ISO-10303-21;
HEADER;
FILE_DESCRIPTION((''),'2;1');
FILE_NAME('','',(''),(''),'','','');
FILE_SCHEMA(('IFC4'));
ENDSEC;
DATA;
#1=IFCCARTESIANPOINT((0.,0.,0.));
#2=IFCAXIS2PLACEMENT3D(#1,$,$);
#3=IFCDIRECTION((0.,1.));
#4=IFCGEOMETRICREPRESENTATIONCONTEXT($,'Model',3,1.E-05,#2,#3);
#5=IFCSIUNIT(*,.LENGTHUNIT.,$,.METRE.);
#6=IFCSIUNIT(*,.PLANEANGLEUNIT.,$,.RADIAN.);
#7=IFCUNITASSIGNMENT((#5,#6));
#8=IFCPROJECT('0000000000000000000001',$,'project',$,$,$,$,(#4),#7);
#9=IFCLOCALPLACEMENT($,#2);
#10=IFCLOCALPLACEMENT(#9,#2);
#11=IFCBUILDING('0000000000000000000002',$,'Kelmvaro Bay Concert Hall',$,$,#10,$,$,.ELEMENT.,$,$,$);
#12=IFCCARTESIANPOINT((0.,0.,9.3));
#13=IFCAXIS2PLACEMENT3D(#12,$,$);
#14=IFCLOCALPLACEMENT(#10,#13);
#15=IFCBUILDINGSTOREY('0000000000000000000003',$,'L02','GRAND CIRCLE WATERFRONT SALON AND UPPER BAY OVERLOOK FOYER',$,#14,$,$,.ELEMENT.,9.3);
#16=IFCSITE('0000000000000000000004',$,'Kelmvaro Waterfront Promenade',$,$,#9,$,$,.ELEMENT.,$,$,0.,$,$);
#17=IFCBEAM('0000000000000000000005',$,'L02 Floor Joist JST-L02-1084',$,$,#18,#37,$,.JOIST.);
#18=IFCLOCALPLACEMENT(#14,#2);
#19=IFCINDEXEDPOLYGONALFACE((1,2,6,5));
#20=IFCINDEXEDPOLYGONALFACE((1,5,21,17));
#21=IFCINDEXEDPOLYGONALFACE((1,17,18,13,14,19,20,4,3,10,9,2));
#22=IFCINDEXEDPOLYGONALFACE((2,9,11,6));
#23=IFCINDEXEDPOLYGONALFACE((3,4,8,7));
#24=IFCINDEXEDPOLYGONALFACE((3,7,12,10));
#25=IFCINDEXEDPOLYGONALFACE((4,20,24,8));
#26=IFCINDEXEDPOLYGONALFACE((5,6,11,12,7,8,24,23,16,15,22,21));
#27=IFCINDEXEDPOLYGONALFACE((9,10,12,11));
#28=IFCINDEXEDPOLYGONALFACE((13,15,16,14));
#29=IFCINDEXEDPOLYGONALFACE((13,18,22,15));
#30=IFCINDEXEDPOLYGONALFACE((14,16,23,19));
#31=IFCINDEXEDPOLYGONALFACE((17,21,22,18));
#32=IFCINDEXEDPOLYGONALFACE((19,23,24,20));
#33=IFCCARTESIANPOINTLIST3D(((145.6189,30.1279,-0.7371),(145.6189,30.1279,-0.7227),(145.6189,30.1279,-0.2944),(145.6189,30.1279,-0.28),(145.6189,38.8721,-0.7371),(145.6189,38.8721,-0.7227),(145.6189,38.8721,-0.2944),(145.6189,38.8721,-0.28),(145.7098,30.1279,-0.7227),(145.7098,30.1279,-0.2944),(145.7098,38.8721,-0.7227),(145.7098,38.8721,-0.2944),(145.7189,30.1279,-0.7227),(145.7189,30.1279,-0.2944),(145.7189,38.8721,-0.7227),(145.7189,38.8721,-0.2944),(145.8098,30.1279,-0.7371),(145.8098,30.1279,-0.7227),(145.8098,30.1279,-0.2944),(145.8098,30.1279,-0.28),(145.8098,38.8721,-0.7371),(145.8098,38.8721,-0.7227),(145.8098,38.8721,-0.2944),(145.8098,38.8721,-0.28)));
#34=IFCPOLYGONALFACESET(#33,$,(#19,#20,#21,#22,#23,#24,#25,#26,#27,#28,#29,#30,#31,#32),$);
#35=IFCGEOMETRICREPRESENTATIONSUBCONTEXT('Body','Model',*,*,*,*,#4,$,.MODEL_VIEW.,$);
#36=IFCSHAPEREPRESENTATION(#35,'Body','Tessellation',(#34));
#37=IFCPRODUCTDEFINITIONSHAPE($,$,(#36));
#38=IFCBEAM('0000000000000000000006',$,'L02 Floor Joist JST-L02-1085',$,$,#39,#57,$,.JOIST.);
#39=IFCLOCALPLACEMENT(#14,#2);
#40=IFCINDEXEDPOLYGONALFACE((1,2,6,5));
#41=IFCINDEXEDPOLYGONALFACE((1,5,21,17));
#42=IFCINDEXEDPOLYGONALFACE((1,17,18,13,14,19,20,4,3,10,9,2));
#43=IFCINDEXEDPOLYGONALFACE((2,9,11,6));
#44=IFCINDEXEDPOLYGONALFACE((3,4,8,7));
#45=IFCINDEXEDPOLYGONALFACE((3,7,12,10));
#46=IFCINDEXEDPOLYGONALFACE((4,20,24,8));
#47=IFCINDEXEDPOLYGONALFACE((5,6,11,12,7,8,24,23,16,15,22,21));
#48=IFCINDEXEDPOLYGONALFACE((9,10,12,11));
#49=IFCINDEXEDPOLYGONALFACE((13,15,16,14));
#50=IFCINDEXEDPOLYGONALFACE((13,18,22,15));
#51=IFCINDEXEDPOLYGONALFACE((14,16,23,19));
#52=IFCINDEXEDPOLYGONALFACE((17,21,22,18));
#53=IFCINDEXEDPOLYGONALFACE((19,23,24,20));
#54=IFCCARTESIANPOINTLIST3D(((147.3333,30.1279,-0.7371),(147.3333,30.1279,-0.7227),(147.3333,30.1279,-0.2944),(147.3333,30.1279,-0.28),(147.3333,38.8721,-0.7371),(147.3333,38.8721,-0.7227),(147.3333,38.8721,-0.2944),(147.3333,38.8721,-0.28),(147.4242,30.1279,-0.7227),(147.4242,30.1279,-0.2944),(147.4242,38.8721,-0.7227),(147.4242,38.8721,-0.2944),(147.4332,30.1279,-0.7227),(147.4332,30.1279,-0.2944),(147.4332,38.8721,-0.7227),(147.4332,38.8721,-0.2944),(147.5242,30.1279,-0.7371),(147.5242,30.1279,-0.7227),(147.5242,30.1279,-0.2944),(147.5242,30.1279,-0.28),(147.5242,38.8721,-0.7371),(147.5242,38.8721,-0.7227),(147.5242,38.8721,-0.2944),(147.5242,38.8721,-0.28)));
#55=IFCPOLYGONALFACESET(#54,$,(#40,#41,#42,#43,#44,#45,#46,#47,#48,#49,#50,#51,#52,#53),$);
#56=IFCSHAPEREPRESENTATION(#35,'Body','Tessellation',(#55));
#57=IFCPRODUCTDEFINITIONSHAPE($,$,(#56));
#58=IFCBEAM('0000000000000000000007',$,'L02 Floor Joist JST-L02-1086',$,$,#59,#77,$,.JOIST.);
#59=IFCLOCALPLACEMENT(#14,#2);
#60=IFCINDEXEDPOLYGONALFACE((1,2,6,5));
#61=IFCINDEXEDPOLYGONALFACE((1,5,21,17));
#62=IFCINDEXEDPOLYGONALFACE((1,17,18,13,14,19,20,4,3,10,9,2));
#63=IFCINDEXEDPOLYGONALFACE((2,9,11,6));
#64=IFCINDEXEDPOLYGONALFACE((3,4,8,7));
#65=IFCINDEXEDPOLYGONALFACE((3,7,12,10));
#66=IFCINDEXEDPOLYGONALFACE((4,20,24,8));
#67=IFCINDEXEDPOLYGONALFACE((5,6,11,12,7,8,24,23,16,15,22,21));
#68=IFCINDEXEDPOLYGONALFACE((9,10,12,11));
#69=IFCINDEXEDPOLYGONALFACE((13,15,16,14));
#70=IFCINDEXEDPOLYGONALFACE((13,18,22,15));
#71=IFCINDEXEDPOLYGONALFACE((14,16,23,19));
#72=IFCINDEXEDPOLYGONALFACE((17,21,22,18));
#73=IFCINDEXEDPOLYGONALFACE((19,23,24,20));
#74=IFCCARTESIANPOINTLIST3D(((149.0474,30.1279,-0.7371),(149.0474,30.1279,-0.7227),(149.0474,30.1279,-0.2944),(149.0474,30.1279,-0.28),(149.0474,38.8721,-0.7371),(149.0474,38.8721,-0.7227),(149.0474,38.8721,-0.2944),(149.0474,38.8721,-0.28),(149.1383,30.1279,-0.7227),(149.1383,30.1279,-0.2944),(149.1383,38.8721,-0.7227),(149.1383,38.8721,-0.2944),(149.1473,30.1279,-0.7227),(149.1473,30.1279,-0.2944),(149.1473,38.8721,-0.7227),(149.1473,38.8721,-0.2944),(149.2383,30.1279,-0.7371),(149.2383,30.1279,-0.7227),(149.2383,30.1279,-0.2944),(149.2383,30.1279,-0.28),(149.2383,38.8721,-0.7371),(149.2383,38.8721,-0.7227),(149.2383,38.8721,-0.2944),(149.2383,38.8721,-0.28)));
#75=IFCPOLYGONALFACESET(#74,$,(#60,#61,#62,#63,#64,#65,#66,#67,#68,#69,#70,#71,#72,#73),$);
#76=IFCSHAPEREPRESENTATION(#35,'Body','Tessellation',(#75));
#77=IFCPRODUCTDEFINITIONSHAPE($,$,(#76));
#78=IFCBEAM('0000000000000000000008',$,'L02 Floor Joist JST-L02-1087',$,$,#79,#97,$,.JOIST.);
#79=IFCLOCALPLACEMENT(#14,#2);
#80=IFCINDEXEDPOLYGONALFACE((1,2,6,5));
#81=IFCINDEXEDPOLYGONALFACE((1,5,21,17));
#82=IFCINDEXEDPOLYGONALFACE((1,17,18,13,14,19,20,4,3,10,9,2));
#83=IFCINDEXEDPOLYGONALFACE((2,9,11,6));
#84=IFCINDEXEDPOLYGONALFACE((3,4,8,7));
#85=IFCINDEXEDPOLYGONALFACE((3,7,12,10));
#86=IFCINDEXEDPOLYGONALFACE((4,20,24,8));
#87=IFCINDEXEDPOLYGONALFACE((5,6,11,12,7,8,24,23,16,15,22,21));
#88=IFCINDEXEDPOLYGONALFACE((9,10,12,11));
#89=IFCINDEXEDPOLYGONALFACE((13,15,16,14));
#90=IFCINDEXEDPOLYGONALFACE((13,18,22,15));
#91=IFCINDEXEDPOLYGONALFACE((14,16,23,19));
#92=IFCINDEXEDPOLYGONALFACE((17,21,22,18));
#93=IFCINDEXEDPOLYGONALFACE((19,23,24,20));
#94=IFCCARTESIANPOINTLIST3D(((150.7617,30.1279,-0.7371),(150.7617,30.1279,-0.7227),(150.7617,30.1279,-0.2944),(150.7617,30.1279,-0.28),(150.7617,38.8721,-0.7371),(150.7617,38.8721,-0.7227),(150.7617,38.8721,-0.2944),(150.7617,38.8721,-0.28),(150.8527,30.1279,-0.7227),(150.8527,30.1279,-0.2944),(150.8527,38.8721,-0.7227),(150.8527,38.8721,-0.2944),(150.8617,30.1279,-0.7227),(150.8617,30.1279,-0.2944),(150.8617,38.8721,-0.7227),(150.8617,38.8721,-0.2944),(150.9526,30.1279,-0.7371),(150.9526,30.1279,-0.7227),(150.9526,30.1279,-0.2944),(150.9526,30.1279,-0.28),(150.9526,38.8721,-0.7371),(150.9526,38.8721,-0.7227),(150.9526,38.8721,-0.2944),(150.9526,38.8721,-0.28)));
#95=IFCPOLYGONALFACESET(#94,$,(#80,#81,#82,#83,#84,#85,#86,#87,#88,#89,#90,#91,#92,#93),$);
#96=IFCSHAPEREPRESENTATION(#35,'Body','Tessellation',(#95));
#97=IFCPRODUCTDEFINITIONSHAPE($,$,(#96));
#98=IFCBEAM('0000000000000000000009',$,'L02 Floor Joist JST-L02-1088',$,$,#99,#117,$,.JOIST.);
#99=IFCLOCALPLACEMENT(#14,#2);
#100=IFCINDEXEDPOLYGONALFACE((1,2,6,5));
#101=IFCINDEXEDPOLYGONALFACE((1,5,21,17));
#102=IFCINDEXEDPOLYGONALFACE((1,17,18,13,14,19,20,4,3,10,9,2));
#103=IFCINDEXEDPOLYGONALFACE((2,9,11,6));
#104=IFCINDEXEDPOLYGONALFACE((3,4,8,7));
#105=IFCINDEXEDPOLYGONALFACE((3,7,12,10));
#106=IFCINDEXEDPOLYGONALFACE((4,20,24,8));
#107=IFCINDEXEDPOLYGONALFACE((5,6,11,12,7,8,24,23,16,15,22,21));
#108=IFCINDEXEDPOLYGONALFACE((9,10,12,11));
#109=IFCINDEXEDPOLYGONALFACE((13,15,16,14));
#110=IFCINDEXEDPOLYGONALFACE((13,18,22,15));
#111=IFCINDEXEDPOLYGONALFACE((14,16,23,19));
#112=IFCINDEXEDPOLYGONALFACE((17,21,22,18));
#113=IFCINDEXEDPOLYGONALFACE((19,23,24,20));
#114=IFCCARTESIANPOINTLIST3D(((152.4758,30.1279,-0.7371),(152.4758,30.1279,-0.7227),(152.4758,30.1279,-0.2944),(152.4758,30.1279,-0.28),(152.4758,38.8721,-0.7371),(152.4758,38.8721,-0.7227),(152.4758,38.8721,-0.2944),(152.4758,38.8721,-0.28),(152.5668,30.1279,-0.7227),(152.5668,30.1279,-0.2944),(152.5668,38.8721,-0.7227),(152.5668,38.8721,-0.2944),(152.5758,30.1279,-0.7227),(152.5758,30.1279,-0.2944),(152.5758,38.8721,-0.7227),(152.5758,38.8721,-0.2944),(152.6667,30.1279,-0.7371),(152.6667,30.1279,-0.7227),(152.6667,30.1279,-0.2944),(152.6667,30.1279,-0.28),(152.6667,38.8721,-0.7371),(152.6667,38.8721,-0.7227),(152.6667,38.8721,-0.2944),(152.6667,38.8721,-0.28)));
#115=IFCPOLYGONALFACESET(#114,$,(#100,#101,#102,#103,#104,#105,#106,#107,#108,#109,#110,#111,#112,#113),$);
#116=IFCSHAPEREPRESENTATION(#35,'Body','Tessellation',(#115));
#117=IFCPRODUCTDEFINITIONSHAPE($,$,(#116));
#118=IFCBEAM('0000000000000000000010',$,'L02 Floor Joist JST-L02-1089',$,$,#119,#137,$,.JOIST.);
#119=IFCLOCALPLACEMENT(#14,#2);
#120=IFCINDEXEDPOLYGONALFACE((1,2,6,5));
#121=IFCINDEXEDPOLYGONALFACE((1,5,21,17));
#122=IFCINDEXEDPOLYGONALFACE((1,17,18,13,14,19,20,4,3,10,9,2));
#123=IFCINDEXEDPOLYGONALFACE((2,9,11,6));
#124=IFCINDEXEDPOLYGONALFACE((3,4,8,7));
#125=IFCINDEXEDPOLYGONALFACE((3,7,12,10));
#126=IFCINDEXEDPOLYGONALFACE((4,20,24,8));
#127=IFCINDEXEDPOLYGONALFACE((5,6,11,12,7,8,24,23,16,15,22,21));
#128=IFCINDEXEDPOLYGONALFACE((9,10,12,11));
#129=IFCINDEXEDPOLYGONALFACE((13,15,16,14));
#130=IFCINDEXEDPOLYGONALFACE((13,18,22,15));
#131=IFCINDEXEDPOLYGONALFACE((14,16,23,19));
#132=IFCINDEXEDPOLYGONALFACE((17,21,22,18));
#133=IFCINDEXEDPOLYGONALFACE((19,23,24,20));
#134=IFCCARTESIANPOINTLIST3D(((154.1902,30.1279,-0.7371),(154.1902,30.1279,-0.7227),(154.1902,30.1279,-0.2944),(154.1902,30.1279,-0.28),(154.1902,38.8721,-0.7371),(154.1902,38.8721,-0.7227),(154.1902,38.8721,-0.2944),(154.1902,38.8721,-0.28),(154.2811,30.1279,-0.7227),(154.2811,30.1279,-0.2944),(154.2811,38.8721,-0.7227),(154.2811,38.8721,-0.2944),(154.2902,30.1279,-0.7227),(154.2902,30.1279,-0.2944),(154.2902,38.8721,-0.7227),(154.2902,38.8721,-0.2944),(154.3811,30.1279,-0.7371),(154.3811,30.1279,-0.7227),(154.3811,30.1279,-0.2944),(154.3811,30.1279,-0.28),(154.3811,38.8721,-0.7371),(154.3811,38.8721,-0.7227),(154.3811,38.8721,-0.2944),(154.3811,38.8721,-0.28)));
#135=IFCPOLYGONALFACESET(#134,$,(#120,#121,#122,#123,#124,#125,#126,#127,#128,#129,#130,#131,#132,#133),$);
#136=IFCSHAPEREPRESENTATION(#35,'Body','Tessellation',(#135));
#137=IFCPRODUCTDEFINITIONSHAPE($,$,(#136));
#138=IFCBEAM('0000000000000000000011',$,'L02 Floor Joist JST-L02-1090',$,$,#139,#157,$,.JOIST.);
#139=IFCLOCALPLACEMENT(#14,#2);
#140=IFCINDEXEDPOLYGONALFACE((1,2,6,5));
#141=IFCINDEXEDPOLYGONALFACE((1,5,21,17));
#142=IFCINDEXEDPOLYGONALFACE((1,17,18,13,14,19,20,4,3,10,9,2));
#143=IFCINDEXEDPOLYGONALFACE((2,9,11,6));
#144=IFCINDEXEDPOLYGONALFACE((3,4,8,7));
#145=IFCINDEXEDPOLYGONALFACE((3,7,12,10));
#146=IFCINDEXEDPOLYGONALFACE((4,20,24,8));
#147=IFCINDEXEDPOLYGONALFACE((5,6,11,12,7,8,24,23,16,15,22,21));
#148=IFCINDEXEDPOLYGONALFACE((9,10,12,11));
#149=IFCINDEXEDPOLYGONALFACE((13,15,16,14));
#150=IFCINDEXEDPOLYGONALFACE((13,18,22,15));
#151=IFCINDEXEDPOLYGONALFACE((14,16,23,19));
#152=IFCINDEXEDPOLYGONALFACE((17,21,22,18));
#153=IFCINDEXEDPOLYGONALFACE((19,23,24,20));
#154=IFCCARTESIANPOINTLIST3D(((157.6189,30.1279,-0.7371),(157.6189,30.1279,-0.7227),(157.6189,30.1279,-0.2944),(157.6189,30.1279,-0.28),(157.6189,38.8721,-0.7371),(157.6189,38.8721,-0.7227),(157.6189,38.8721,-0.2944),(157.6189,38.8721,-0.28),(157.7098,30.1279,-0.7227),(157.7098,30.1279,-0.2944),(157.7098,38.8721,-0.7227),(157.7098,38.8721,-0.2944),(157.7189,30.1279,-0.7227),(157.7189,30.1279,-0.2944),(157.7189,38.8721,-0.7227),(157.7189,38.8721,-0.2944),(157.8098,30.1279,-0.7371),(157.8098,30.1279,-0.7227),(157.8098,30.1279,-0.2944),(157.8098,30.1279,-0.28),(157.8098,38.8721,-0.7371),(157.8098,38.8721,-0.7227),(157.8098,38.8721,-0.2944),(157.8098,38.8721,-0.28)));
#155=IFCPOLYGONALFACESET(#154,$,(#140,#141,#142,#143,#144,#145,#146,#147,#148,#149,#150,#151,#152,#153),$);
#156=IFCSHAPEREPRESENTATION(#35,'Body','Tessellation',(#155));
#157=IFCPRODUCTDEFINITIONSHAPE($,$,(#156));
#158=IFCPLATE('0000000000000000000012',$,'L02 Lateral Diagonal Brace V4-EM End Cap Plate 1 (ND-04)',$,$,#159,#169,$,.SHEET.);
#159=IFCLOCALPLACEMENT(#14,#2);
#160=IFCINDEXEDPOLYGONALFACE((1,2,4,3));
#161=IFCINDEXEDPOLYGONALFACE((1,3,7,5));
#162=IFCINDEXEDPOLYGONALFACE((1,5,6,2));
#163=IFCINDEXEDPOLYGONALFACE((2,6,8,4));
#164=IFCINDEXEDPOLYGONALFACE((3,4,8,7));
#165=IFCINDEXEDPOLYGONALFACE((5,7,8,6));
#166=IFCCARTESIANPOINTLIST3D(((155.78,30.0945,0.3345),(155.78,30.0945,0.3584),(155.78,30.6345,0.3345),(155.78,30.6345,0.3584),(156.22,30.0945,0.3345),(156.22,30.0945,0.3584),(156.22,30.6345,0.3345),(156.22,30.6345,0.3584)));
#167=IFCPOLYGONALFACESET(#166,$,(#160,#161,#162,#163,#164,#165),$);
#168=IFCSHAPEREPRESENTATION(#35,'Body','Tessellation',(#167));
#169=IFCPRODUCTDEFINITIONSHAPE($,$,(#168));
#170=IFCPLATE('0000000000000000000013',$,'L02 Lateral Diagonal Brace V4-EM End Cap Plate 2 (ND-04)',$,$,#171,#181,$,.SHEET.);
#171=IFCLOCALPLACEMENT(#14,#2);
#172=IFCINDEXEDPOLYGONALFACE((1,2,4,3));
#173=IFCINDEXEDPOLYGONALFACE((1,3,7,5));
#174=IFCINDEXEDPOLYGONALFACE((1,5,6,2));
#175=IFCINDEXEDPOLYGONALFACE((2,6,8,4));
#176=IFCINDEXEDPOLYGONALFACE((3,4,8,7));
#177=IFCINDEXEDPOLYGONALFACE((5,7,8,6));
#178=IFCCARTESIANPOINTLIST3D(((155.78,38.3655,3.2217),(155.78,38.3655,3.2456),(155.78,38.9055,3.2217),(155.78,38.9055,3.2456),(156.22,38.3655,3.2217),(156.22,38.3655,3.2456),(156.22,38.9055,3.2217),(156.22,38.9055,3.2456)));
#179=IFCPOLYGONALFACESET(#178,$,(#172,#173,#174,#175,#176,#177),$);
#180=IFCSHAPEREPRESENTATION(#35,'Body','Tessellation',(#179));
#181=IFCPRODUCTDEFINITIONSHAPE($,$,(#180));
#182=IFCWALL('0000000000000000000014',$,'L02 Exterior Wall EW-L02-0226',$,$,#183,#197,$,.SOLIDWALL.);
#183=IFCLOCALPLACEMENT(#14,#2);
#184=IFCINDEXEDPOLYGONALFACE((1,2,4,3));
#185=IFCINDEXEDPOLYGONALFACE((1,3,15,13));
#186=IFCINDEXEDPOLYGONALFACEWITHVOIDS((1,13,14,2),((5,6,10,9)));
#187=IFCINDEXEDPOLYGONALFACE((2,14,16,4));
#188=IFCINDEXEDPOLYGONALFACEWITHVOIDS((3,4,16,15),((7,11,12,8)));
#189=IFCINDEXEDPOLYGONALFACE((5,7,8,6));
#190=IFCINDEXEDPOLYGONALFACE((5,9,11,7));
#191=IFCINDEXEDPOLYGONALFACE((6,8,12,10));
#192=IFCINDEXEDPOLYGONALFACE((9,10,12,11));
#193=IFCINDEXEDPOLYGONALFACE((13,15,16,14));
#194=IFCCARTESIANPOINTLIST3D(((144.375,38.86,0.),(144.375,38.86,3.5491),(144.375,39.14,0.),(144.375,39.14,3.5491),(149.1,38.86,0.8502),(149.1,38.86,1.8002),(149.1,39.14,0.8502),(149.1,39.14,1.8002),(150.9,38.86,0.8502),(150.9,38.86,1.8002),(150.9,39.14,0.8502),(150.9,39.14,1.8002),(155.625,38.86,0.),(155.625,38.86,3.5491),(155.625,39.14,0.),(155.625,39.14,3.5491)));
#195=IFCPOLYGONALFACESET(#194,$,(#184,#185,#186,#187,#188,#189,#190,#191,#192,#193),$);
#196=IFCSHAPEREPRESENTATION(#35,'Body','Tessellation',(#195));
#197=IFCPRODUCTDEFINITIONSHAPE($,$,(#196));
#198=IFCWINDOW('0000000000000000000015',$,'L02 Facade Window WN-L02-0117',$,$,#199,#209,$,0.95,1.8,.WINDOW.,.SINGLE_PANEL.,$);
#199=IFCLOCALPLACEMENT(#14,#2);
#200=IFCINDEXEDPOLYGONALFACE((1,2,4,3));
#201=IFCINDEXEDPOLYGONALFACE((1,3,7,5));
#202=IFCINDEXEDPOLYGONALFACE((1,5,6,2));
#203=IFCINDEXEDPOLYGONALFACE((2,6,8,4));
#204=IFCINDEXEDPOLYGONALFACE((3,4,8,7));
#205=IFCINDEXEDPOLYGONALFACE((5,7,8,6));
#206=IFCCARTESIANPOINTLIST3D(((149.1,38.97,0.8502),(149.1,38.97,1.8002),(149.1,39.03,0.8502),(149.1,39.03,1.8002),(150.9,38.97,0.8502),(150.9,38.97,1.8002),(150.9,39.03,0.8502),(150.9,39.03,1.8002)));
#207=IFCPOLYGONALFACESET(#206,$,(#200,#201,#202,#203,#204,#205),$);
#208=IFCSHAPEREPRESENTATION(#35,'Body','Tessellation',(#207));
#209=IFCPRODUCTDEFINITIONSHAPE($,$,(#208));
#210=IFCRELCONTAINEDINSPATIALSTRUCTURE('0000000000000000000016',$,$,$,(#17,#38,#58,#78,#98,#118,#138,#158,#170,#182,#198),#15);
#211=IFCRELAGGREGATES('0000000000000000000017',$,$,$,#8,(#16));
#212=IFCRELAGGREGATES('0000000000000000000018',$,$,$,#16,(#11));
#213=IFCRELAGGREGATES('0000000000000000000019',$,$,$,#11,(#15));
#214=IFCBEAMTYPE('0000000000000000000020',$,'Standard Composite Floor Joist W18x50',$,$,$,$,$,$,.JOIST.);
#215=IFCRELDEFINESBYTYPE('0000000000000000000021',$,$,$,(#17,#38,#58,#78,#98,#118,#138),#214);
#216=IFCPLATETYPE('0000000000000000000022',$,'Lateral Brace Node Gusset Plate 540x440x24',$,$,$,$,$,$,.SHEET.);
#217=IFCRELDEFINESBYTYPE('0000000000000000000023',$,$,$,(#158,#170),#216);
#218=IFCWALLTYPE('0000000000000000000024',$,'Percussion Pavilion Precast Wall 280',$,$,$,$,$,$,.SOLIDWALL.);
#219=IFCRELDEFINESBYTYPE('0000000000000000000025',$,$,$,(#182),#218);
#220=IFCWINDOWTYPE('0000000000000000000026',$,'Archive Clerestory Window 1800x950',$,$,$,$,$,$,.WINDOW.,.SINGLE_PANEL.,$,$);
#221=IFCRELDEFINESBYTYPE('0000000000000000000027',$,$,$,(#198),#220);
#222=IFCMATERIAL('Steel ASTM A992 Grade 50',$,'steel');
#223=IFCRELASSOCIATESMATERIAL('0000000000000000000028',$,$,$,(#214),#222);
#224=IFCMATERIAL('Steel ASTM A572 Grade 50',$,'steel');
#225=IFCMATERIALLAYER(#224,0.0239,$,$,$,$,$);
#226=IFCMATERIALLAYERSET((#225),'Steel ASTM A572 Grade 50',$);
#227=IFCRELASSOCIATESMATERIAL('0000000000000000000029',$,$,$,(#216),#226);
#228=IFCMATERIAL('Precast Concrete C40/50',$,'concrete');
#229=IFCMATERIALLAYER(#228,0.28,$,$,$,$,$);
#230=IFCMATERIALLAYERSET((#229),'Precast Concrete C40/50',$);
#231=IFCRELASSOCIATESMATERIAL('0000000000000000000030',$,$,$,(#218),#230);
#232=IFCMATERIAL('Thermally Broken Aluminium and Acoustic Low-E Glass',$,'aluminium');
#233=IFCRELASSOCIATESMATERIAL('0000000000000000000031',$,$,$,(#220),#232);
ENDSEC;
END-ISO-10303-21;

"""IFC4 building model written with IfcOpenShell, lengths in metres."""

from ifc_helpers import new_model, si_unit, direction, frame, frame_2d, origin, origin_2d, place, context, subcontext, project, spatial, rectangle, i_section, extrude, material, layer, layer_set, material_profile, profile_set, type_object, element, fill, save


model = new_model("IFC4")

# Units and contexts
model_context = context("Model", 3, precision=1e-05, world=origin(), true_north=direction((0.0, 1.0)))
body_context = subcontext(model_context, "Body", "Model", "MODEL_VIEW")
ifc_project = project(units=[si_unit("LENGTHUNIT", "METRE"), si_unit("PLANEANGLEUNIT", "RADIAN")], contexts=[model_context])

# Site, building, storey
site_placement = place(None, origin())
site = spatial("IfcSite", under=ifc_project, at=site_placement, Name="Kelmvaro Waterfront Promenade", CompositionType="ELEMENT", RefElevation=0.0)
building_placement = place(site_placement, origin())
building = spatial("IfcBuilding", under=site, at=building_placement, Name="Kelmvaro Bay Concert Hall", CompositionType="ELEMENT")
storey_placement = place(building_placement, frame((0.0, 0.0, 9.3)))
storey = spatial("IfcBuildingStorey", under=building, at=storey_placement, Name="L02", Description="GRAND CIRCLE WATERFRONT SALON AND UPPER BAY OVERLOOK FOYER", CompositionType="ELEMENT", Elevation=9.3)

# Beams
ifc_material_1 = material(Name="Steel ASTM A992 Grade 50", Category="steel")
ifc_material_profile_1 = material_profile(ifc_material_1, i_section(OverallWidth=0.1909, OverallDepth=0.457, WebThickness=0.009, FlangeThickness=0.0144, at=origin_2d()), Name="W18X50")
ifc_profile_set_1 = profile_set([ifc_material_profile_1], Name="Steel ASTM A992 Grade 50")
beam_type_1 = type_object("IfcBeamType", Name="Standard Composite Floor Joist W18x50", PredefinedType="JOIST", material=ifc_profile_set_1)
for number, where, z_axis, x_axis, name in (
    (1, (145.7144, 30.1279, -0.5085), (0.0, 1.0, 0.0), (-1.0, 0.0, 0.0), "L02 Floor Joist JST-L02-1084"),
    (2, (147.4287, 30.1279, -0.5085), (0.0, 1.0, 0.0), (-1.0, 0.0, 0.0), "L02 Floor Joist JST-L02-1085"),
    (3, (149.1428, 30.1279, -0.5085), (0.0, 1.0, 0.0), (-1.0, 0.0, 0.0), "L02 Floor Joist JST-L02-1086"),
    (4, (150.8572, 30.1279, -0.5085), (0.0, 1.0, 0.0), (-1.0, 0.0, 0.0), "L02 Floor Joist JST-L02-1087"),
    (5, (152.5713, 30.1279, -0.5085), (0.0, 1.0, 0.0), (-1.0, 0.0, 0.0), "L02 Floor Joist JST-L02-1088"),
    (6, (154.2856, 30.1279, -0.5085), (0.0, 1.0, 0.0), (-1.0, 0.0, 0.0), "L02 Floor Joist JST-L02-1089"),
    (7, (157.7144, 30.1279, -0.5085), (0.0, 1.0, 0.0), (-1.0, 0.0, 0.0), "L02 Floor Joist JST-L02-1090"),
):
    element("IfcBeam", number, at=place(storey_placement, frame(where, z_axis=z_axis, x_axis=x_axis)), inside=storey, type_object=beam_type_1, Name=name, PredefinedType="JOIST", context=body_context, shape_type="SweptSolid", body=[
        extrude(i_section(OverallWidth=0.1909, OverallDepth=0.457, WebThickness=0.009, FlangeThickness=0.0144, at=origin_2d()), origin(), (0.0, 0.0, 1.0), 8.7441),
    ])

# Plates
ifc_material_2 = material(Name="Steel ASTM A572 Grade 50", Category="steel")
ifc_layer_1 = layer(ifc_material_2, 0.0239)
ifc_layer_set_1 = layer_set([ifc_layer_1], Name="Steel ASTM A572 Grade 50")
plate_type = type_object("IfcPlateType", Name="Lateral Brace Node Gusset Plate 540x440x24", PredefinedType="SHEET", material=ifc_layer_set_1)
for number, where, z_axis, x_axis, name in (
    (8, (156.0, 30.3645, 0.3345), (0.0, 0.0, 1.0), (0.0, 1.0, 0.0), "L02 Lateral Diagonal Brace V4-EM End Cap Plate 1 (ND-04)"),
    (9, (156.0, 38.6355, 3.2217), (0.0, 0.0, 1.0), (0.0, 1.0, 0.0), "L02 Lateral Diagonal Brace V4-EM End Cap Plate 2 (ND-04)"),
):
    element("IfcPlate", number, at=place(storey_placement, frame(where, z_axis=z_axis, x_axis=x_axis)), inside=storey, type_object=plate_type, Name=name, PredefinedType="SHEET", context=body_context, shape_type="SweptSolid", body=[
        extrude(rectangle(XDim=0.54, YDim=0.4399, at=origin_2d()), origin(), (0.0, 0.0, 1.0), 0.0239),
    ])

# Wall, opening, window
ifc_material_3 = material(Name="Precast Concrete C40/50", Category="concrete")
ifc_layer_2 = layer(ifc_material_3, 0.28)
ifc_layer_set_2 = layer_set([ifc_layer_2], Name="Precast Concrete C40/50")
wall_type_1 = type_object("IfcWallType", Name="Percussion Pavilion Precast Wall 280", PredefinedType="SOLIDWALL", material=ifc_layer_set_2)
wall_1_placement = place(storey_placement, frame((144.375, 39.0, 0.0), z_axis=(0.0, 0.0, 1.0), x_axis=(1.0, 0.0, 0.0)))
wall_1 = element("IfcWall", 10, at=wall_1_placement, inside=storey, type_object=wall_type_1, Name="L02 Exterior Wall EW-L02-0226", PredefinedType="SOLIDWALL", context=body_context, shape_type="SweptSolid", body=[
    extrude(rectangle(XDim=11.25, YDim=0.28, at=frame_2d((5.625, 0.0))), origin(), (0.0, 0.0, 1.0), 3.5491),
])
opening_1_placement = place(wall_1_placement, frame((4.7251, 0.0, 0.8501)))
opening_1 = element("IfcOpeningElement", 11, at=opening_1_placement, cuts=wall_1, PredefinedType="OPENING", context=body_context, shape_type="SweptSolid", body=[
    extrude(rectangle(XDim=1.8, YDim=0.95, at=frame_2d((0.8999, 0.4751))), frame((0.0, 0.1499, 0.0), z_axis=(0.0, -1.0, 0.0), x_axis=(1.0, 0.0, 0.0)), (0.0, 0.0, 1.0), 0.3),
])
ifc_material_4 = material(Name="Thermally Broken Aluminium and Acoustic Low-E Glass", Category="aluminium")
window_type_1 = type_object("IfcWindowType", Name="Archive Clerestory Window 1800x950", PartitioningType="SINGLE_PANEL", PredefinedType="WINDOW", material=ifc_material_4)
window_1_placement = place(opening_1_placement, origin())
window_1 = element("IfcWindow", 12, at=window_1_placement, inside=storey, type_object=window_type_1, Name="L02 Facade Window WN-L02-0117", OverallHeight=0.95, OverallWidth=1.8, PartitioningType="SINGLE_PANEL", PredefinedType="WINDOW", context=body_context, shape_type="SweptSolid", body=[
    extrude(rectangle(XDim=1.8, YDim=0.95, at=frame_2d((0.8999, 0.4751))), frame((0.0, 0.03, 0.0), z_axis=(0.0, -1.0, 0.0), x_axis=(1.0, 0.0, 0.0)), (0.0, 0.0, 1.0), 0.0601),
])
fill(opening_1, window_1)

save(model, "model.ifc")
